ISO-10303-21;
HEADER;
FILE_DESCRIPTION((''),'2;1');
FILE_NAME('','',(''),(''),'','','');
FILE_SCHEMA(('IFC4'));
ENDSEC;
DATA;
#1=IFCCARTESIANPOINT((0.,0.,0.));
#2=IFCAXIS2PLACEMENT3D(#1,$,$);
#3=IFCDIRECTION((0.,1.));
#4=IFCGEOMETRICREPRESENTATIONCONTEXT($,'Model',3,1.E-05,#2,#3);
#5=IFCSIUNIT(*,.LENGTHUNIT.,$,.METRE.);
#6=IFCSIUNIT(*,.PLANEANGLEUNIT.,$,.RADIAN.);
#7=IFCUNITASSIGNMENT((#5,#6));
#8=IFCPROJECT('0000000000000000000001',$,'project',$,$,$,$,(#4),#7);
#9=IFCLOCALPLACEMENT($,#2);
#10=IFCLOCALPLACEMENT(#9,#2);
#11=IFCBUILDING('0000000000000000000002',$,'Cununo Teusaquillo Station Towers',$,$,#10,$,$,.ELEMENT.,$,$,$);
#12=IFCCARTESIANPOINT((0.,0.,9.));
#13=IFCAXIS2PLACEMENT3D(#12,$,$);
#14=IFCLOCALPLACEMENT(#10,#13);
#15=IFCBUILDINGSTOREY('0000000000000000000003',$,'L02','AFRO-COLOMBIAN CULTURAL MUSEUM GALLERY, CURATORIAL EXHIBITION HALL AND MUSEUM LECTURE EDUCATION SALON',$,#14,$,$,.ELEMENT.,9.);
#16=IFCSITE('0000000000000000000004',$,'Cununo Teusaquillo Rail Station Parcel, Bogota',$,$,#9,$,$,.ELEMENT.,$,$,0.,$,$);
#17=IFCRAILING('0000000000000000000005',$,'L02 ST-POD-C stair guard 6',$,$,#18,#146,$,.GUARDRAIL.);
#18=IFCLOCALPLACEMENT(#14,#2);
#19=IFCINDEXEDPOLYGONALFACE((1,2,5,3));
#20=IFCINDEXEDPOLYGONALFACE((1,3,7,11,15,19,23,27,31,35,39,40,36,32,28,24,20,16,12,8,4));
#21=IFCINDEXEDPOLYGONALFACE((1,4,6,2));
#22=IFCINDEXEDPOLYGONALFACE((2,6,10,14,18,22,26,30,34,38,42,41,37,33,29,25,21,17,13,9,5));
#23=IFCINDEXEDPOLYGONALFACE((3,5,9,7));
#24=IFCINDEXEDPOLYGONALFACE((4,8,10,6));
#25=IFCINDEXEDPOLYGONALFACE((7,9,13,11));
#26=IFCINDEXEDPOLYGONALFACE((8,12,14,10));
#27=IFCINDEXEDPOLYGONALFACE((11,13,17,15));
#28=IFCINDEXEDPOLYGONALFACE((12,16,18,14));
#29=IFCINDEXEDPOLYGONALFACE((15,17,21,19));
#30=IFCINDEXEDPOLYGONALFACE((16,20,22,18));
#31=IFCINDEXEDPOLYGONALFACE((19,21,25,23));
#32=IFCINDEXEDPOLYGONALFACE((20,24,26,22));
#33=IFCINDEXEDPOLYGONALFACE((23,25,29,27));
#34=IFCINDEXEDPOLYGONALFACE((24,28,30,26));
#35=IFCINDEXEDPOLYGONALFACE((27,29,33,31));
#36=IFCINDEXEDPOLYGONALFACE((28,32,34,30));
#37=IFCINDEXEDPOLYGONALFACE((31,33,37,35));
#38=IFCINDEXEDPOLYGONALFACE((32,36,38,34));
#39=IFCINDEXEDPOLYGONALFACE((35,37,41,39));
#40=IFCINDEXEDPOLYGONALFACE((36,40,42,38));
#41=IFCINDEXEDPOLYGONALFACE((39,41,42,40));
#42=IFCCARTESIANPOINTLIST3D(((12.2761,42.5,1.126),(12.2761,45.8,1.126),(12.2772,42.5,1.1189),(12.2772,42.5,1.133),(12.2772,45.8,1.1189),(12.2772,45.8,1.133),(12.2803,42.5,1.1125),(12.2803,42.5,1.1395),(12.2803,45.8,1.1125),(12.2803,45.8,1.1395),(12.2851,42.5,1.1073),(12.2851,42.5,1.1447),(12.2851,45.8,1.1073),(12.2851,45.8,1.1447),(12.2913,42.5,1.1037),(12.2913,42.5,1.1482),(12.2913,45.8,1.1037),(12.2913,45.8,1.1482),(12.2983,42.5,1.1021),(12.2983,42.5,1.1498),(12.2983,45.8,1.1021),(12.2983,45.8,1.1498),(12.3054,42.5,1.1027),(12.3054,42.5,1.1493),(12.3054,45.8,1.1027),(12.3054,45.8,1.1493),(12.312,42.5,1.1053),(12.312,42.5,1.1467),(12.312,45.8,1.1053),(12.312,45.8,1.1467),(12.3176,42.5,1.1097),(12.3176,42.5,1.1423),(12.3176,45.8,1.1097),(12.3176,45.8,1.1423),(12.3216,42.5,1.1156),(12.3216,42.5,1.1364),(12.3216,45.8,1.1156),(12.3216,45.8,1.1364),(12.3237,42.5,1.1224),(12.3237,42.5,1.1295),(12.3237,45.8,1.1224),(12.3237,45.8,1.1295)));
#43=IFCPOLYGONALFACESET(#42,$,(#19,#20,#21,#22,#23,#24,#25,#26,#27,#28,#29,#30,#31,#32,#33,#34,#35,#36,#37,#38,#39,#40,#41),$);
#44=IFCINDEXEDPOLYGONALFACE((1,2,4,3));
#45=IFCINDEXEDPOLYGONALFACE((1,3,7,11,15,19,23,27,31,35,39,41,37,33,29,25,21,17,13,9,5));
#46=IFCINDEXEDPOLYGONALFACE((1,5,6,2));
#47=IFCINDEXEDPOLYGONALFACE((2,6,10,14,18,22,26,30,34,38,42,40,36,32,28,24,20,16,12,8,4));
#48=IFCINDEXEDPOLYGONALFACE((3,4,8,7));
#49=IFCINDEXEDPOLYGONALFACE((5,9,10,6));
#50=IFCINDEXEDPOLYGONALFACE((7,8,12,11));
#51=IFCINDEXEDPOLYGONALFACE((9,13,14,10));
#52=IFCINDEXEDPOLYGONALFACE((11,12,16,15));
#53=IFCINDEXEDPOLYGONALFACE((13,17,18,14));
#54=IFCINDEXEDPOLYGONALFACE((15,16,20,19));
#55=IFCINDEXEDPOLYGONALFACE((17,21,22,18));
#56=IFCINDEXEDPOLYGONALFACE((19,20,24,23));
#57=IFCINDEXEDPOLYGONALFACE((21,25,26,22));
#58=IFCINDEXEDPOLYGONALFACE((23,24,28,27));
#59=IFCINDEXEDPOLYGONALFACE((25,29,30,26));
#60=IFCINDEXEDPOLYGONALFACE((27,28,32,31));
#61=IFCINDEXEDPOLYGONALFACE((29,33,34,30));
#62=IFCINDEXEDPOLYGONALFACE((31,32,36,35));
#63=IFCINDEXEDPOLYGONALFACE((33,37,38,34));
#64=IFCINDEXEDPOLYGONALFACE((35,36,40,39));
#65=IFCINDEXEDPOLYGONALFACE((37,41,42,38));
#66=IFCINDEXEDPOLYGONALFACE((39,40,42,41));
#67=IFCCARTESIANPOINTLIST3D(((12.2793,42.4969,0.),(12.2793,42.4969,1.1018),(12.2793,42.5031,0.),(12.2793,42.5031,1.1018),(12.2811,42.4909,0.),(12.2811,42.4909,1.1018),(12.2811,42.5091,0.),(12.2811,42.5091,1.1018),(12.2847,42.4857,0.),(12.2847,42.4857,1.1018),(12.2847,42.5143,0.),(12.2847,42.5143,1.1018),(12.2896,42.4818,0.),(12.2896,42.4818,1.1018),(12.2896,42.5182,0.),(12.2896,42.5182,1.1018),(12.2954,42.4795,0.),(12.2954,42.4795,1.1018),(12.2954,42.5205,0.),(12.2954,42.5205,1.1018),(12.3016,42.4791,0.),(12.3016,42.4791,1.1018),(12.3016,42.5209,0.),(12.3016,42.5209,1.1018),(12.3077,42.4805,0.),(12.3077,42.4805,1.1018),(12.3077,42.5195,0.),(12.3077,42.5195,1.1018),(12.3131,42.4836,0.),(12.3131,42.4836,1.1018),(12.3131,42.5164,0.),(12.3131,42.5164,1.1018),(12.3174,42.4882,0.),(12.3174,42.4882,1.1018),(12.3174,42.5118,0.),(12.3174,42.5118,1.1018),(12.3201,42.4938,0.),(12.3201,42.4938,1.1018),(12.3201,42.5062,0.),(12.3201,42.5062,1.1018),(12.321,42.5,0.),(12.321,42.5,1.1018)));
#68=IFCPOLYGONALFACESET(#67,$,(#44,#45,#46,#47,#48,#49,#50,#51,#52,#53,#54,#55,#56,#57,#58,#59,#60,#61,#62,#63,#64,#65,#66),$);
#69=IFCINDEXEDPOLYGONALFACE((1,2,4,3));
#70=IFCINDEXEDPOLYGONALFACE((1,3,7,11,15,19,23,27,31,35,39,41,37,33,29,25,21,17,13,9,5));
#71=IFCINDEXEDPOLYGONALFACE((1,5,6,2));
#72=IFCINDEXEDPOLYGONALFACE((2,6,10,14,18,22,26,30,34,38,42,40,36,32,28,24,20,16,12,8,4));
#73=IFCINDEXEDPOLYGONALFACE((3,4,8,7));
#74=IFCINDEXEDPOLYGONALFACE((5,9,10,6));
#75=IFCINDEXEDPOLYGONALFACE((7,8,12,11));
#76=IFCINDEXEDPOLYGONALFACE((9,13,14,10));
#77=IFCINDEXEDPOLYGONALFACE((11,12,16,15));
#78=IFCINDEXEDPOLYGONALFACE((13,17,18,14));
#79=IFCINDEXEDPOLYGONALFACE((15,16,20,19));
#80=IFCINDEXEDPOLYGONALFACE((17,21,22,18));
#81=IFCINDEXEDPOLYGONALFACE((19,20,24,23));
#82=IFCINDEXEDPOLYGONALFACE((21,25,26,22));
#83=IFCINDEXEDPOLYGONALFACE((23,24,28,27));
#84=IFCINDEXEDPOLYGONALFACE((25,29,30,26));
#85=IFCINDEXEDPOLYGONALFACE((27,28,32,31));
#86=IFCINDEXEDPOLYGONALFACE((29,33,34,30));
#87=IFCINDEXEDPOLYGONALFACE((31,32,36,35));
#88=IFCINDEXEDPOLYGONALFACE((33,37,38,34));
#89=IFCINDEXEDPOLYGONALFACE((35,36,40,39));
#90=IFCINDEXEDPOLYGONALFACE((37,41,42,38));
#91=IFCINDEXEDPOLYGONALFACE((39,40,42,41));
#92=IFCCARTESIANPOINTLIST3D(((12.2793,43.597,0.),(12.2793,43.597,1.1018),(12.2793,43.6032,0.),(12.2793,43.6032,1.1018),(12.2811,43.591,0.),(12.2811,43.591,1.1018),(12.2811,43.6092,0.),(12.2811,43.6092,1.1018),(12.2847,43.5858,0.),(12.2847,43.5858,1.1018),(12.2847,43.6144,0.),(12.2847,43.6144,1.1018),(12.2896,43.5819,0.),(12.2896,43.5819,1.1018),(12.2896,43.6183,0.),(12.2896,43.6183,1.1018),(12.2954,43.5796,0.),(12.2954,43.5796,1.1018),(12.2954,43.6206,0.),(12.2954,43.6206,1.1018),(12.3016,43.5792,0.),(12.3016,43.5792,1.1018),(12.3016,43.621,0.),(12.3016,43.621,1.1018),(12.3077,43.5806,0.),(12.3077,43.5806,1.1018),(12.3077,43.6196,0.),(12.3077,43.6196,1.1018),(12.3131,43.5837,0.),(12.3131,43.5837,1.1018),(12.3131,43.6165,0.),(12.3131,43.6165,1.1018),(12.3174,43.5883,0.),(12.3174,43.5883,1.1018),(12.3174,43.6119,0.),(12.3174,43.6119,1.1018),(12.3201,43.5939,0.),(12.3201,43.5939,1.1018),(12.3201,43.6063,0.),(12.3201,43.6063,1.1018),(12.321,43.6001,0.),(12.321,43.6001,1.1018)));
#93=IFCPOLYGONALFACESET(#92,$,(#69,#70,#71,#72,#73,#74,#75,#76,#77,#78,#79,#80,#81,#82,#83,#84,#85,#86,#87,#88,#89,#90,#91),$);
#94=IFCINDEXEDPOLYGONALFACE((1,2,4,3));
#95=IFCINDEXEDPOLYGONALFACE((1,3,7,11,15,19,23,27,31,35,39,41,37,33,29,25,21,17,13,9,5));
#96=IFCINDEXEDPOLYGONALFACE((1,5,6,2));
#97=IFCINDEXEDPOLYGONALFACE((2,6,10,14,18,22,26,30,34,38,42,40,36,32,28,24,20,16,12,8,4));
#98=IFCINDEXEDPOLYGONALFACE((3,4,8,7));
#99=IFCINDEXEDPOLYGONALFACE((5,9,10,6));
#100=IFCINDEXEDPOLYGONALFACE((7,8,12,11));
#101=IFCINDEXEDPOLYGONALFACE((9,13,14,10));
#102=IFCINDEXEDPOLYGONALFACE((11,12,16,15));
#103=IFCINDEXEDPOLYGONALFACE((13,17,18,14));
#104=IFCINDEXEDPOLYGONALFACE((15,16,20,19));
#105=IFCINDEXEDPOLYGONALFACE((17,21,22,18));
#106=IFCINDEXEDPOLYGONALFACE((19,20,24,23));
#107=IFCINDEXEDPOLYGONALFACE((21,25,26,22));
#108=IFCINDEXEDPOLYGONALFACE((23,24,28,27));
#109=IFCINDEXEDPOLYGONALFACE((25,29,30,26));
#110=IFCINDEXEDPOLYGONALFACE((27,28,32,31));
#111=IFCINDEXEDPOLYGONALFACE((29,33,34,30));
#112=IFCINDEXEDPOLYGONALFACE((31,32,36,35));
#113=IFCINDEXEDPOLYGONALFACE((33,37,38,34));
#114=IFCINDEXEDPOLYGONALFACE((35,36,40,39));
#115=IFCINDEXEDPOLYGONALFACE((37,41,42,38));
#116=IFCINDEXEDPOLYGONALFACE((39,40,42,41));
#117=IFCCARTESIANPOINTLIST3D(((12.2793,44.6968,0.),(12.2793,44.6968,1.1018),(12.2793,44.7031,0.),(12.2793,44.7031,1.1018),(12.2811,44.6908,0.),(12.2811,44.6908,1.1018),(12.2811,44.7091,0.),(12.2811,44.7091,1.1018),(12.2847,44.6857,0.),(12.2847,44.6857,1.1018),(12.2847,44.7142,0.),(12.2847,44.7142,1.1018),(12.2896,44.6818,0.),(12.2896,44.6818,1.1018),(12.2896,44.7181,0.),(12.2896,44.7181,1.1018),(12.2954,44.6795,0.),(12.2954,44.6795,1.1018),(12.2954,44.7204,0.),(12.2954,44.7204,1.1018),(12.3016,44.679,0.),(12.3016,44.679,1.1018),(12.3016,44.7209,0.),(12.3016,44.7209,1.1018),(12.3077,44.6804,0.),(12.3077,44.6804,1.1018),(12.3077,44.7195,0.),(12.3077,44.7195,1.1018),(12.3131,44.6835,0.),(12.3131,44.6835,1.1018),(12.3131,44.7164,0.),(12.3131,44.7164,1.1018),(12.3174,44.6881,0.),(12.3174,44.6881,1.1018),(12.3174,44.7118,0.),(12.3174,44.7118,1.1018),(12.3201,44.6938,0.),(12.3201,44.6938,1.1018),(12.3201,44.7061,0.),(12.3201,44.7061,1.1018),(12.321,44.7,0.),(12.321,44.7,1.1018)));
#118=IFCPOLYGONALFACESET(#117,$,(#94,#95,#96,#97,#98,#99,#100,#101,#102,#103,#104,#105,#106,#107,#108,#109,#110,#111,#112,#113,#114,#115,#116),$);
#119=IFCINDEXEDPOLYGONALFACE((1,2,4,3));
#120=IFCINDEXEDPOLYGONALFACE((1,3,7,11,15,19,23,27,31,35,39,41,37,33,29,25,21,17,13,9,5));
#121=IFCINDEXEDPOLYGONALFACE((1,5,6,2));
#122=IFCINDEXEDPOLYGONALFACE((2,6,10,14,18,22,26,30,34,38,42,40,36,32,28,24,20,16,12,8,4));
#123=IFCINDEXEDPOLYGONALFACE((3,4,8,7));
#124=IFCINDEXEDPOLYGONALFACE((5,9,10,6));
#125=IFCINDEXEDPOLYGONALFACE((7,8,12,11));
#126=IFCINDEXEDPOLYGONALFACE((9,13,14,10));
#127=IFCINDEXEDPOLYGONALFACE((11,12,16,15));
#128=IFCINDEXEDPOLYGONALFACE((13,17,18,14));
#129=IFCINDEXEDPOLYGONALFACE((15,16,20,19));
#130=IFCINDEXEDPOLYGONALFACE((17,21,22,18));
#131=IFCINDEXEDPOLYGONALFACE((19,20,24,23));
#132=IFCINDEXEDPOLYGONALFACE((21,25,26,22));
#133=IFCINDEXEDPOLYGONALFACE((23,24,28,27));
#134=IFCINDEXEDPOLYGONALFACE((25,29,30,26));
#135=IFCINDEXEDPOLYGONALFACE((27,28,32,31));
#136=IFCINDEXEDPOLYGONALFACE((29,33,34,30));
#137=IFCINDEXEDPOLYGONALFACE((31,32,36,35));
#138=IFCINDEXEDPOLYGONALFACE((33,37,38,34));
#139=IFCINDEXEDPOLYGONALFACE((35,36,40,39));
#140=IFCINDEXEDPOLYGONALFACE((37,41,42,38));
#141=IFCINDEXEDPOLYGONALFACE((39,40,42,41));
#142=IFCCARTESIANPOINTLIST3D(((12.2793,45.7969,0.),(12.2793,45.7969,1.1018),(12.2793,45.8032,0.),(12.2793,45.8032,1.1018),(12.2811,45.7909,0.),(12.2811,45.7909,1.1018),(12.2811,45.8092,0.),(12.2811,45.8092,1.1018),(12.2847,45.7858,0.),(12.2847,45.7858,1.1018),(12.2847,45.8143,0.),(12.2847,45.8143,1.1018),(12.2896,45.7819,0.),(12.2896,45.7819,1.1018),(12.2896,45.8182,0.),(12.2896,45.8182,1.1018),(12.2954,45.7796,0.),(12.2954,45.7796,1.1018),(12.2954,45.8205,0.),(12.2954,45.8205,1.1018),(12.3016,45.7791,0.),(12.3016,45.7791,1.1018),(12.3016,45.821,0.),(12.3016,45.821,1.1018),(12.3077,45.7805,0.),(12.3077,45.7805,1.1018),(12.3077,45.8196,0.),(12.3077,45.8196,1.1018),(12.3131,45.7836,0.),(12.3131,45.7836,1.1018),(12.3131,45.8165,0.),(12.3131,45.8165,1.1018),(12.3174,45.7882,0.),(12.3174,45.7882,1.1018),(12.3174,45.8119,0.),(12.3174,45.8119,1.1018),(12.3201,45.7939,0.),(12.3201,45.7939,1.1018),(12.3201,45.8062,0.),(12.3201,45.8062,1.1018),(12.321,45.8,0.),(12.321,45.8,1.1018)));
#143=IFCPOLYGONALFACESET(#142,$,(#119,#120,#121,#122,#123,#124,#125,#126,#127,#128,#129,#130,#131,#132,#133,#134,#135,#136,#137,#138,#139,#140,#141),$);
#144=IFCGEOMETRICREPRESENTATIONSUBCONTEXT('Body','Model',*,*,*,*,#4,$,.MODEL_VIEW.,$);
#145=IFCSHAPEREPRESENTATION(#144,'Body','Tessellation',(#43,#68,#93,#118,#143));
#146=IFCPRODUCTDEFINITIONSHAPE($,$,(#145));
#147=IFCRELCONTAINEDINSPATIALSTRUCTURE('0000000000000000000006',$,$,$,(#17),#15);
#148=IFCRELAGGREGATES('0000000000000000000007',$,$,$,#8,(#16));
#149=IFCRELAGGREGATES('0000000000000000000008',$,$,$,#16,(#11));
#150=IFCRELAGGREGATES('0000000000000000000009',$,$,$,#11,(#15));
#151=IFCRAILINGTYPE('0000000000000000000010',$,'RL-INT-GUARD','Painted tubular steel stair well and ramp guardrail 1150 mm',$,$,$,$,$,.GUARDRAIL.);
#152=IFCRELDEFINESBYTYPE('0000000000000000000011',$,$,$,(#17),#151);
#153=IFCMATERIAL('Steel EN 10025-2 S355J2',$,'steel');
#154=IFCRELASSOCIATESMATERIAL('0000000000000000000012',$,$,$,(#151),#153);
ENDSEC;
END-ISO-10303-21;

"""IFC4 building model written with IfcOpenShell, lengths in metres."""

from ifc_helpers import new_model, si_unit, direction, frame, origin, origin_2d, place, context, subcontext, project, spatial, circle, extrude, material, type_object, element, save


model = new_model("IFC4")

# Units and contexts
model_context = context("Model", 3, precision=1e-05, world=origin(), true_north=direction((0.0, 1.0)))
body_context = subcontext(model_context, "Body", "Model", "MODEL_VIEW")
ifc_project = project(units=[si_unit("LENGTHUNIT", "METRE"), si_unit("PLANEANGLEUNIT", "RADIAN")], contexts=[model_context])

# Site, building, storey
site_placement = place(None, origin())
site = spatial("IfcSite", under=ifc_project, at=site_placement, Name="Cununo Teusaquillo Rail Station Parcel, Bogota", CompositionType="ELEMENT", RefElevation=0.0)
building_placement = place(site_placement, origin())
building = spatial("IfcBuilding", under=site, at=building_placement, Name="Cununo Teusaquillo Station Towers", CompositionType="ELEMENT")
storey_placement = place(building_placement, frame((0.0, 0.0, 9.0)))
storey = spatial("IfcBuildingStorey", under=building, at=storey_placement, Name="L02", Description="AFRO-COLOMBIAN CULTURAL MUSEUM GALLERY, CURATORIAL EXHIBITION HALL AND MUSEUM LECTURE EDUCATION SALON", CompositionType="ELEMENT", Elevation=9.0)

# Railing
ifc_material_1 = material(Name="Steel EN 10025-2 S355J2", Category="steel")
railing_type = type_object("IfcRailingType", Name="RL-INT-GUARD", Description="Painted tubular steel stair well and ramp guardrail 1150 mm", PredefinedType="GUARDRAIL", material=ifc_material_1)
railing_1_placement = place(storey_placement, frame((12.3, 42.5, 0.0)))
element("IfcRailing", 1, at=railing_1_placement, inside=storey, type_object=railing_type, Name="L02 ST-POD-C stair guard 6", PredefinedType="GUARDRAIL", context=body_context, shape_type="SweptSolid", body=[
    extrude(circle(Radius=0.0239, at=origin_2d()), frame((0.0, 0.0, 1.126), z_axis=(0.0, 1.0, 0.0), x_axis=(-1.0, 0.0, 0.0)), (0.0, 0.0, 1.0), 3.3),
    extrude(circle(Radius=0.021, at=origin_2d()), origin(), (0.0, 0.0, 1.0), 1.1018),
    extrude(circle(Radius=0.021, at=origin_2d()), frame((0.0, 1.1001, 0.0)), (0.0, 0.0, 1.0), 1.1018),
    extrude(circle(Radius=0.021, at=origin_2d()), frame((0.0, 2.2, 0.0)), (0.0, 0.0, 1.0), 1.1018),
    extrude(circle(Radius=0.021, at=origin_2d()), frame((0.0, 3.3, 0.0)), (0.0, 0.0, 1.0), 1.1018),
])

save(model, "model.ifc")
